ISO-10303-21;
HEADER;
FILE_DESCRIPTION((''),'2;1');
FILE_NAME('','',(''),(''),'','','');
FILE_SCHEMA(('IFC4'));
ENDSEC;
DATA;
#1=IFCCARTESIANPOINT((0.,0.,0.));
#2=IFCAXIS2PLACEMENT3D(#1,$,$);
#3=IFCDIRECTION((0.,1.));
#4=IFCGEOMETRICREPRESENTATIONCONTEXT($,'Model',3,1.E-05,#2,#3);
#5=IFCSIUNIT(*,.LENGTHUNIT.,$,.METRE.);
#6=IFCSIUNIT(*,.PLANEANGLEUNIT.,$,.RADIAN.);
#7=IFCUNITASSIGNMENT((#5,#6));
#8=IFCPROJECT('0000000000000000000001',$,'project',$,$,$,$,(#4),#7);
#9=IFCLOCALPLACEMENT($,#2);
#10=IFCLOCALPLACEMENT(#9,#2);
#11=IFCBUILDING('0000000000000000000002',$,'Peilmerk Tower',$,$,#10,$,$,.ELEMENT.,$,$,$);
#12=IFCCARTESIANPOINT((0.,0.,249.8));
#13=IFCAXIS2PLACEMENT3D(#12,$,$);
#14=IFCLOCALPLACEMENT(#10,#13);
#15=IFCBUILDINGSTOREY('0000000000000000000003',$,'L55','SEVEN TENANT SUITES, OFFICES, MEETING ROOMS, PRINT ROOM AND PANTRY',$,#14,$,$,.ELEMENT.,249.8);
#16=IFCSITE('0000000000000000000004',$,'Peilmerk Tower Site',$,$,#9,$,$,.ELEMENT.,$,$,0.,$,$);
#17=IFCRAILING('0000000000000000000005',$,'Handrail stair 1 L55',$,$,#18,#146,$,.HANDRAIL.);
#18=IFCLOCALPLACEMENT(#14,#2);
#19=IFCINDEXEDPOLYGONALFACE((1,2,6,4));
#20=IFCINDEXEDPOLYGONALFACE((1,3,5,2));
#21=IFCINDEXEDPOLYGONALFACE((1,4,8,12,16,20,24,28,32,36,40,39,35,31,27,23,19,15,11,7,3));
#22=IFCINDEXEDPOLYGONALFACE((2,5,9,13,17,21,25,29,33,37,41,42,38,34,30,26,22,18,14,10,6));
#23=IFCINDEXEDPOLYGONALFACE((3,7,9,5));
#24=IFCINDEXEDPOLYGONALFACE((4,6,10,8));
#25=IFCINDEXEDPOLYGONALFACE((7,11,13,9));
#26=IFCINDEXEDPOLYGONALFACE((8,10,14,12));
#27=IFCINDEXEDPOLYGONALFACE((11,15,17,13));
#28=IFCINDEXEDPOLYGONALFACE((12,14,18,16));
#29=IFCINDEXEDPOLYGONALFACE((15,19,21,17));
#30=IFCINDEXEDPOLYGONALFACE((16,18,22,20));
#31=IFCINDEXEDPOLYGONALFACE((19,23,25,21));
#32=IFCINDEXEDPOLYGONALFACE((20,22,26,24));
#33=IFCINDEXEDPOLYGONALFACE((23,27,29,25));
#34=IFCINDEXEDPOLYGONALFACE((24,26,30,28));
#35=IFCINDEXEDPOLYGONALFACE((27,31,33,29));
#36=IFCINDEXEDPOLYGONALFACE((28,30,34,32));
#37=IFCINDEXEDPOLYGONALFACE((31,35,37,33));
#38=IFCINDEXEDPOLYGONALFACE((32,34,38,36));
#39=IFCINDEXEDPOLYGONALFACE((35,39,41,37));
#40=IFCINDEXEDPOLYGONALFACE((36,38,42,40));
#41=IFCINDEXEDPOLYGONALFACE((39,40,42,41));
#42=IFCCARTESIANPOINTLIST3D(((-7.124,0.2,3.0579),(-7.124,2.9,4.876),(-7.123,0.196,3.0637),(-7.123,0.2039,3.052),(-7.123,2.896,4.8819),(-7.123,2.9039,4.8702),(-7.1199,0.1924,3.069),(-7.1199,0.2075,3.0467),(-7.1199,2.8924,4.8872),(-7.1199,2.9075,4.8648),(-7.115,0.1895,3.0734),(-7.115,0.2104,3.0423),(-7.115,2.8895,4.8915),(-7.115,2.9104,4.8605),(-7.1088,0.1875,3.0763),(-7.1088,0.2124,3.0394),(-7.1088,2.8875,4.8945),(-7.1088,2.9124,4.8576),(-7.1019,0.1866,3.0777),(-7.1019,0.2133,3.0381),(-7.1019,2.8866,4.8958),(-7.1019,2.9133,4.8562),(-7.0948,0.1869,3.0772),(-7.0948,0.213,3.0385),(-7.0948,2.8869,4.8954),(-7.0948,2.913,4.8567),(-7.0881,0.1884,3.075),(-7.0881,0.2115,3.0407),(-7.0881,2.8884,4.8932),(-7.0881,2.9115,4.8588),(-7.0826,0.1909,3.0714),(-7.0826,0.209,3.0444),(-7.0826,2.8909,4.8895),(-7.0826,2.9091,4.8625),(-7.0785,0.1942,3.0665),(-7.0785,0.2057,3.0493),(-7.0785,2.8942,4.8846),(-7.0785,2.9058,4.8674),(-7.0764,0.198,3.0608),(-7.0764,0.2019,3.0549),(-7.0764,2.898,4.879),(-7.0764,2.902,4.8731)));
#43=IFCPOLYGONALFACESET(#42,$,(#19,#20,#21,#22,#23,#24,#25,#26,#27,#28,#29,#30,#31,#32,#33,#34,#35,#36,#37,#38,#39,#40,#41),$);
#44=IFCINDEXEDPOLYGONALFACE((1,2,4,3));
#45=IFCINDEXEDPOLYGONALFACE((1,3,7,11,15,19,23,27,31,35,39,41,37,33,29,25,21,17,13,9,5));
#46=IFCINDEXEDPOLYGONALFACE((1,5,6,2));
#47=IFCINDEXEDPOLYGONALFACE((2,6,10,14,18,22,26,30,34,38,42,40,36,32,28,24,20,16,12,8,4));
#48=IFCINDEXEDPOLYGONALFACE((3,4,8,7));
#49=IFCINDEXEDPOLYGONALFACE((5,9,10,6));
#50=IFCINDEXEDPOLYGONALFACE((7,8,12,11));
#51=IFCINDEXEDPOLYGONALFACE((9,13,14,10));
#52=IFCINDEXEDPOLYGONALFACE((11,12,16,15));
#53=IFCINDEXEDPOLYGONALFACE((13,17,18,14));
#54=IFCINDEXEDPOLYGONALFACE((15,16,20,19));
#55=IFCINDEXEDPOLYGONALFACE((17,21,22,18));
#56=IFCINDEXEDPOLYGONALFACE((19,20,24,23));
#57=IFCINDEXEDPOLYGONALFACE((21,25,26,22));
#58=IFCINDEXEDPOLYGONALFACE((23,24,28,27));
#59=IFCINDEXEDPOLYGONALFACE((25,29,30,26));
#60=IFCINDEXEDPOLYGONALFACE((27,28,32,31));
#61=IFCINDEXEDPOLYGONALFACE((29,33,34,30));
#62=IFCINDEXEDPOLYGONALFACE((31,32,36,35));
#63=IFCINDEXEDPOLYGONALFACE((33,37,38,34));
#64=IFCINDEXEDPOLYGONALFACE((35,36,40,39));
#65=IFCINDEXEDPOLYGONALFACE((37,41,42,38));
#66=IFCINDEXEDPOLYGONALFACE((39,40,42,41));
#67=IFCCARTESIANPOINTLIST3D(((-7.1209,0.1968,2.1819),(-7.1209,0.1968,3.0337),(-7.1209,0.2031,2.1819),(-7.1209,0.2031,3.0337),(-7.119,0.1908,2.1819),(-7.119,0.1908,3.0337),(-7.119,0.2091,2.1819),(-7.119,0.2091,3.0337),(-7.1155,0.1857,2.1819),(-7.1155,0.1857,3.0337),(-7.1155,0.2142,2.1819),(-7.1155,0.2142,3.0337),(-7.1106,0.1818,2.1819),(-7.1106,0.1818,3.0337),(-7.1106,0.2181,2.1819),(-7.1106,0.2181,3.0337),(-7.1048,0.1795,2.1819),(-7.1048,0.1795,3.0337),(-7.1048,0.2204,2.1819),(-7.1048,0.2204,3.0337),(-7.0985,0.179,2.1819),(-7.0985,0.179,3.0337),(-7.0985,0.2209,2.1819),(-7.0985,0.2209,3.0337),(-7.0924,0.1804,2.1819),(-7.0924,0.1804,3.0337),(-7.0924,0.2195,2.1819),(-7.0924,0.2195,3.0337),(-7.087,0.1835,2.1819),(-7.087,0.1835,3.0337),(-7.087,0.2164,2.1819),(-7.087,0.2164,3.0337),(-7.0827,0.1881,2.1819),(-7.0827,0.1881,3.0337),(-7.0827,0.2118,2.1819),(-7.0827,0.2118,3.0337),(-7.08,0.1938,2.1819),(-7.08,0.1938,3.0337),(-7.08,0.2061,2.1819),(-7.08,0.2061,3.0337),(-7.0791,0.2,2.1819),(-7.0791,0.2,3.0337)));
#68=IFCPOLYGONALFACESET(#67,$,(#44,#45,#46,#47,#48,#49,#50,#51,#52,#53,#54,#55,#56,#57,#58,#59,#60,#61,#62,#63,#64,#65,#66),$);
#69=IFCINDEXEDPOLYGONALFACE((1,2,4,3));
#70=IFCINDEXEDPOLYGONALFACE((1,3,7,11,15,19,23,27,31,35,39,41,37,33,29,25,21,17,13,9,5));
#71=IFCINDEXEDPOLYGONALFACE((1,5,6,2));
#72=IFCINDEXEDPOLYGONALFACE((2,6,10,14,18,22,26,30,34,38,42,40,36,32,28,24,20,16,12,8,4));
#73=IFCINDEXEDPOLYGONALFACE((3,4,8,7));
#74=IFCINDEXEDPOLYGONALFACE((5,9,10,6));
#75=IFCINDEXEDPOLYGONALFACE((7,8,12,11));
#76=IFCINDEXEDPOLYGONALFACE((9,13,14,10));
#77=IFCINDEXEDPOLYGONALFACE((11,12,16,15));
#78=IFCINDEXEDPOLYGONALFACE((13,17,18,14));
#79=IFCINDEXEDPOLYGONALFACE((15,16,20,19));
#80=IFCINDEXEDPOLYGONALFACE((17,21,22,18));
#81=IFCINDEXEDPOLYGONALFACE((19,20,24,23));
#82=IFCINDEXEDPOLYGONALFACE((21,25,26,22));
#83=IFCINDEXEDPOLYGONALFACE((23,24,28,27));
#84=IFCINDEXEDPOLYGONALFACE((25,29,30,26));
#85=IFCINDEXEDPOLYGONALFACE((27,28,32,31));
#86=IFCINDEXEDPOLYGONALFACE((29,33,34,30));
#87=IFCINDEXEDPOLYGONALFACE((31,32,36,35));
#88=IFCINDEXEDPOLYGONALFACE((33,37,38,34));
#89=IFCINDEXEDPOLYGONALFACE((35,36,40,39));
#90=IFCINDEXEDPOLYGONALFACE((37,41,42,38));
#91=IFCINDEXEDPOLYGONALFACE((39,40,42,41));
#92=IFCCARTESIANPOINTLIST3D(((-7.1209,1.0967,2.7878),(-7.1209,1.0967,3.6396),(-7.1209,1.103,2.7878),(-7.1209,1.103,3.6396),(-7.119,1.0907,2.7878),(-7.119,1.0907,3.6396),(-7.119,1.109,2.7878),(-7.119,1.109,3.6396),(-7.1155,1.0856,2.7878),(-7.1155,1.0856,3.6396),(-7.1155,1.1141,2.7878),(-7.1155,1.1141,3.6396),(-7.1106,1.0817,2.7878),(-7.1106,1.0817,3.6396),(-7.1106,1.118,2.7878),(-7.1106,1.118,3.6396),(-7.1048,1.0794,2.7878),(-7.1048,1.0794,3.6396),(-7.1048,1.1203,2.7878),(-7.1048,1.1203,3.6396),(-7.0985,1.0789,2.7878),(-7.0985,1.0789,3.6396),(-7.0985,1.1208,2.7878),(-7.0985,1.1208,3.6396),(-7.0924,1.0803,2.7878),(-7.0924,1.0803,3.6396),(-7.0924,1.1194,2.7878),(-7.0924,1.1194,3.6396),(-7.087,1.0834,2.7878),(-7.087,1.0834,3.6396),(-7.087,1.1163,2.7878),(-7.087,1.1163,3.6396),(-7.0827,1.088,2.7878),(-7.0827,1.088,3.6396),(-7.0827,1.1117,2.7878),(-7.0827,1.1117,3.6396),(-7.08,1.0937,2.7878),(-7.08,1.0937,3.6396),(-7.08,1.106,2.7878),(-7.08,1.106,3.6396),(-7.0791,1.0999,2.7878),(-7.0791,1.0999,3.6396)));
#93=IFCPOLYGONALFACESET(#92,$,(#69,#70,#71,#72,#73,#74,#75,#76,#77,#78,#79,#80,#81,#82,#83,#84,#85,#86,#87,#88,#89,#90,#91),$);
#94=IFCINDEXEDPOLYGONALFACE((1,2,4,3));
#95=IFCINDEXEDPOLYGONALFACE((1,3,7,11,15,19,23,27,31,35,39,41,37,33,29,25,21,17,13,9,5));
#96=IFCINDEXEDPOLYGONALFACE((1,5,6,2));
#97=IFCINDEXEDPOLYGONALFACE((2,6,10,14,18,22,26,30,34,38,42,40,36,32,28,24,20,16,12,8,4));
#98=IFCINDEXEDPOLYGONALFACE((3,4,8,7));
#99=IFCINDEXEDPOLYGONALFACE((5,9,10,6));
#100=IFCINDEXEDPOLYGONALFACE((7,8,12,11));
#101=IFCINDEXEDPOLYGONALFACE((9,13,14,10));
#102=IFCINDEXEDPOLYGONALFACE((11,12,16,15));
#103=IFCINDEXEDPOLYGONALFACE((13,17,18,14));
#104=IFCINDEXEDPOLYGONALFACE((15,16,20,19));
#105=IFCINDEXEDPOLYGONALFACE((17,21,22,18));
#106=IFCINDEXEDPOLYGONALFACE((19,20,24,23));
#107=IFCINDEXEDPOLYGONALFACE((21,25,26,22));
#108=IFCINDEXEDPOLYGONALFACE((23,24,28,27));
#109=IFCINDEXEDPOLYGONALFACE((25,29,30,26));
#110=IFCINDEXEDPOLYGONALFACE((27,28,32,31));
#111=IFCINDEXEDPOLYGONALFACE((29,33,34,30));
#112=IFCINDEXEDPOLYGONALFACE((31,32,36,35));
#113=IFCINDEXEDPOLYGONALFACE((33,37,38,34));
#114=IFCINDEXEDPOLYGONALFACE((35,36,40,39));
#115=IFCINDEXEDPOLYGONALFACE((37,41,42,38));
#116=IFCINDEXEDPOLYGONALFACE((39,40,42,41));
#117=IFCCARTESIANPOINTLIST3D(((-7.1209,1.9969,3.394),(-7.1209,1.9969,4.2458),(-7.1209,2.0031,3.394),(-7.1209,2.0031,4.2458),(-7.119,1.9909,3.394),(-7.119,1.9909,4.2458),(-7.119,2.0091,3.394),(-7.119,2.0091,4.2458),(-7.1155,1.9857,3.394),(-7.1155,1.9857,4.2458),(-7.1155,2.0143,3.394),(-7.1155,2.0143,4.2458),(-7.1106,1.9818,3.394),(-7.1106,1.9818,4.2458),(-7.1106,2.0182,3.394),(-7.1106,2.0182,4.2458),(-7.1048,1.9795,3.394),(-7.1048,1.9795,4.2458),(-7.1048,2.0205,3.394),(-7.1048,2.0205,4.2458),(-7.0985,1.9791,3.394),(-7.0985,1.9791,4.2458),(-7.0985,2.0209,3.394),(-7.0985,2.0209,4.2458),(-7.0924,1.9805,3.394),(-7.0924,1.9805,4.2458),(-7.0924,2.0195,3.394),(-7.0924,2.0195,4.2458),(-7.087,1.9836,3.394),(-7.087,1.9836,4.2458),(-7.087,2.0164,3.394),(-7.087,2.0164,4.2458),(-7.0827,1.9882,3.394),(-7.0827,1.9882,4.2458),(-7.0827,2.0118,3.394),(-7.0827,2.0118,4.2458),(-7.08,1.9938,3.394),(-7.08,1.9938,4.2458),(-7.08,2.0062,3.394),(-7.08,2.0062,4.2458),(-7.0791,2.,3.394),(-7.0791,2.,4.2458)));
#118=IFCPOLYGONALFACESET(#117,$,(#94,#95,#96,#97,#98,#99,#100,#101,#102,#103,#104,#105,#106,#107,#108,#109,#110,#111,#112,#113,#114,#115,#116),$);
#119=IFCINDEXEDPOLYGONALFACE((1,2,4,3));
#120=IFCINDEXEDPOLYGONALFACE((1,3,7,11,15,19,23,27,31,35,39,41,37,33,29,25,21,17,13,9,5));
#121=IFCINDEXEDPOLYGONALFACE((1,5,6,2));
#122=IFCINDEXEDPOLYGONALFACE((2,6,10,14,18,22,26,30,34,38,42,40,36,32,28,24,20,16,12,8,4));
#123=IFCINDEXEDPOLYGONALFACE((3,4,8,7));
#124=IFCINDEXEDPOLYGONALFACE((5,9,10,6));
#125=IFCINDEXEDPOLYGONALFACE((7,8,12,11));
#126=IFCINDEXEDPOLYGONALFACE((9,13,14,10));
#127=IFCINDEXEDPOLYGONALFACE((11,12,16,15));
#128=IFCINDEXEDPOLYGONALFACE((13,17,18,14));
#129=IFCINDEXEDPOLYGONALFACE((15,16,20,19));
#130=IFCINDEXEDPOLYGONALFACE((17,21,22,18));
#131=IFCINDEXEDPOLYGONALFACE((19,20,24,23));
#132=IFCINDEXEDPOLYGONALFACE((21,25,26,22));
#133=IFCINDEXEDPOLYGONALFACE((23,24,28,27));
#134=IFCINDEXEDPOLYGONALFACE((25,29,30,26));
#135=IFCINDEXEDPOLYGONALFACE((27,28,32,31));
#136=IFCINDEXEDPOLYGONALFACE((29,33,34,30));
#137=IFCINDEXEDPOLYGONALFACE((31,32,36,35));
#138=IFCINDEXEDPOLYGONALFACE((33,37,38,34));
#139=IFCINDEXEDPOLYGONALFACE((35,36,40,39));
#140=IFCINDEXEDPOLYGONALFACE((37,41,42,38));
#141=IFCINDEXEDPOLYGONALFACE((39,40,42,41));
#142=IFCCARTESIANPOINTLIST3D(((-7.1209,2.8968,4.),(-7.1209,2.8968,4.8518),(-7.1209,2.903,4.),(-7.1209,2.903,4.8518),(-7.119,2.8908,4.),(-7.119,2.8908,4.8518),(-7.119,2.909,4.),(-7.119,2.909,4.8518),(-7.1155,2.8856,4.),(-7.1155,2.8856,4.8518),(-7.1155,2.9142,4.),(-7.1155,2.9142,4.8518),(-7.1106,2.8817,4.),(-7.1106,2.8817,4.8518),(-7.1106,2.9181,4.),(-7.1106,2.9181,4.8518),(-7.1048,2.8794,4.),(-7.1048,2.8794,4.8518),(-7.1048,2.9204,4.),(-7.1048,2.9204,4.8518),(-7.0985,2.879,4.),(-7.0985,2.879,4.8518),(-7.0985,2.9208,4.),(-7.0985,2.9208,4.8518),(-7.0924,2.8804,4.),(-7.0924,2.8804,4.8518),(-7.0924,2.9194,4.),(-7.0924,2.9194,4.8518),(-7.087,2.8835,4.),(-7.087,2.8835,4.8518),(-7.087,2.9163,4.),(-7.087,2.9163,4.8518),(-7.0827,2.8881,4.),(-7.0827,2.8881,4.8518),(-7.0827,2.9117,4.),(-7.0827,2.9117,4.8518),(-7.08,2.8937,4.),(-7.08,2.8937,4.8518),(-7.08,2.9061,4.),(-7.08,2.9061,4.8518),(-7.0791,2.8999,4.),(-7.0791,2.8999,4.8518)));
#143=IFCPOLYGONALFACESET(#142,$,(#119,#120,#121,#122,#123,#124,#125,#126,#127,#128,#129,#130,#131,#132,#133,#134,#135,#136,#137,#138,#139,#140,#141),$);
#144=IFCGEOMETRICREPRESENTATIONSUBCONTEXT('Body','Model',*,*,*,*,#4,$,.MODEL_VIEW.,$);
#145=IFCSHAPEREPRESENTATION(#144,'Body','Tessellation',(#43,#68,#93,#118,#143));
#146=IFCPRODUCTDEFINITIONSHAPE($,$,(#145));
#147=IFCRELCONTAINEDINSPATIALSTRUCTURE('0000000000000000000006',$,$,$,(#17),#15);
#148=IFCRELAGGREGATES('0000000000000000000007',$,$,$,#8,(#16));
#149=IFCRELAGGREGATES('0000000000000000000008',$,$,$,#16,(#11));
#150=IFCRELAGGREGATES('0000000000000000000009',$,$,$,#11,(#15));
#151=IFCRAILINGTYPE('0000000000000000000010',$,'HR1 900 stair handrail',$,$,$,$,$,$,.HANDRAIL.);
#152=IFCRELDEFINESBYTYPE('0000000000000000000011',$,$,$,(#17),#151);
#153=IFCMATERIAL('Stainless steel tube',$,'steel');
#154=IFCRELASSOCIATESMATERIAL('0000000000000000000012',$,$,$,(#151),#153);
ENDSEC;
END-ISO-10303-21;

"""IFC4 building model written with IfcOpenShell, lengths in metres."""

from ifc_helpers import new_model, si_unit, direction, frame, origin, origin_2d, place, context, subcontext, project, spatial, circle, extrude, material, type_object, element, save


model = new_model("IFC4")

# Units and contexts
model_context = context("Model", 3, precision=1e-05, world=origin(), true_north=direction((0.0, 1.0)))
body_context = subcontext(model_context, "Body", "Model", "MODEL_VIEW")
ifc_project = project(units=[si_unit("LENGTHUNIT", "METRE"), si_unit("PLANEANGLEUNIT", "RADIAN")], contexts=[model_context])

# Site, building, storey
site_placement = place(None, origin())
site = spatial("IfcSite", under=ifc_project, at=site_placement, Name="Peilmerk Tower Site", CompositionType="ELEMENT", RefElevation=0.0)
building_placement = place(site_placement, origin())
building = spatial("IfcBuilding", under=site, at=building_placement, Name="Peilmerk Tower", CompositionType="ELEMENT")
storey_placement = place(building_placement, frame((0.0, 0.0, 249.8)))
storey = spatial("IfcBuildingStorey", under=building, at=storey_placement, Name="L55", Description="SEVEN TENANT SUITES, OFFICES, MEETING ROOMS, PRINT ROOM AND PANTRY", CompositionType="ELEMENT", Elevation=249.8)

# Railing
ifc_material_1 = material(Name="Stainless steel tube", Category="steel")
railing_type_1 = type_object("IfcRailingType", Name="HR1 900 stair handrail", PredefinedType="HANDRAIL", material=ifc_material_1)
railing_1_placement = place(storey_placement, frame((-7.1001, 0.2, 2.1819)))
element("IfcRailing", 1, at=railing_1_placement, inside=storey, type_object=railing_type_1, Name="Handrail stair 1 L55", PredefinedType="HANDRAIL", context=body_context, shape_type="SweptSolid", body=[
    extrude(circle(Radius=0.0239, at=origin_2d()), frame((0.0, 0.0, 0.876), z_axis=(0.0, 0.829468, 0.558554), x_axis=(-1.0, 0.0, 0.0)), (0.0, 0.0, 1.0), 3.2551),
    extrude(circle(Radius=0.021, at=origin_2d()), origin(), (0.0, 0.0, 1.0), 0.8518),
    extrude(circle(Radius=0.021, at=origin_2d()), frame((0.0, 0.8999, 0.606)), (0.0, 0.0, 1.0), 0.8518),
    extrude(circle(Radius=0.021, at=origin_2d()), frame((0.0, 1.8, 1.2122)), (0.0, 0.0, 1.0), 0.8518),
    extrude(circle(Radius=0.021, at=origin_2d()), frame((0.0, 2.7, 1.8181)), (0.0, 0.0, 1.0), 0.8518),
])

save(model, "model.ifc")
